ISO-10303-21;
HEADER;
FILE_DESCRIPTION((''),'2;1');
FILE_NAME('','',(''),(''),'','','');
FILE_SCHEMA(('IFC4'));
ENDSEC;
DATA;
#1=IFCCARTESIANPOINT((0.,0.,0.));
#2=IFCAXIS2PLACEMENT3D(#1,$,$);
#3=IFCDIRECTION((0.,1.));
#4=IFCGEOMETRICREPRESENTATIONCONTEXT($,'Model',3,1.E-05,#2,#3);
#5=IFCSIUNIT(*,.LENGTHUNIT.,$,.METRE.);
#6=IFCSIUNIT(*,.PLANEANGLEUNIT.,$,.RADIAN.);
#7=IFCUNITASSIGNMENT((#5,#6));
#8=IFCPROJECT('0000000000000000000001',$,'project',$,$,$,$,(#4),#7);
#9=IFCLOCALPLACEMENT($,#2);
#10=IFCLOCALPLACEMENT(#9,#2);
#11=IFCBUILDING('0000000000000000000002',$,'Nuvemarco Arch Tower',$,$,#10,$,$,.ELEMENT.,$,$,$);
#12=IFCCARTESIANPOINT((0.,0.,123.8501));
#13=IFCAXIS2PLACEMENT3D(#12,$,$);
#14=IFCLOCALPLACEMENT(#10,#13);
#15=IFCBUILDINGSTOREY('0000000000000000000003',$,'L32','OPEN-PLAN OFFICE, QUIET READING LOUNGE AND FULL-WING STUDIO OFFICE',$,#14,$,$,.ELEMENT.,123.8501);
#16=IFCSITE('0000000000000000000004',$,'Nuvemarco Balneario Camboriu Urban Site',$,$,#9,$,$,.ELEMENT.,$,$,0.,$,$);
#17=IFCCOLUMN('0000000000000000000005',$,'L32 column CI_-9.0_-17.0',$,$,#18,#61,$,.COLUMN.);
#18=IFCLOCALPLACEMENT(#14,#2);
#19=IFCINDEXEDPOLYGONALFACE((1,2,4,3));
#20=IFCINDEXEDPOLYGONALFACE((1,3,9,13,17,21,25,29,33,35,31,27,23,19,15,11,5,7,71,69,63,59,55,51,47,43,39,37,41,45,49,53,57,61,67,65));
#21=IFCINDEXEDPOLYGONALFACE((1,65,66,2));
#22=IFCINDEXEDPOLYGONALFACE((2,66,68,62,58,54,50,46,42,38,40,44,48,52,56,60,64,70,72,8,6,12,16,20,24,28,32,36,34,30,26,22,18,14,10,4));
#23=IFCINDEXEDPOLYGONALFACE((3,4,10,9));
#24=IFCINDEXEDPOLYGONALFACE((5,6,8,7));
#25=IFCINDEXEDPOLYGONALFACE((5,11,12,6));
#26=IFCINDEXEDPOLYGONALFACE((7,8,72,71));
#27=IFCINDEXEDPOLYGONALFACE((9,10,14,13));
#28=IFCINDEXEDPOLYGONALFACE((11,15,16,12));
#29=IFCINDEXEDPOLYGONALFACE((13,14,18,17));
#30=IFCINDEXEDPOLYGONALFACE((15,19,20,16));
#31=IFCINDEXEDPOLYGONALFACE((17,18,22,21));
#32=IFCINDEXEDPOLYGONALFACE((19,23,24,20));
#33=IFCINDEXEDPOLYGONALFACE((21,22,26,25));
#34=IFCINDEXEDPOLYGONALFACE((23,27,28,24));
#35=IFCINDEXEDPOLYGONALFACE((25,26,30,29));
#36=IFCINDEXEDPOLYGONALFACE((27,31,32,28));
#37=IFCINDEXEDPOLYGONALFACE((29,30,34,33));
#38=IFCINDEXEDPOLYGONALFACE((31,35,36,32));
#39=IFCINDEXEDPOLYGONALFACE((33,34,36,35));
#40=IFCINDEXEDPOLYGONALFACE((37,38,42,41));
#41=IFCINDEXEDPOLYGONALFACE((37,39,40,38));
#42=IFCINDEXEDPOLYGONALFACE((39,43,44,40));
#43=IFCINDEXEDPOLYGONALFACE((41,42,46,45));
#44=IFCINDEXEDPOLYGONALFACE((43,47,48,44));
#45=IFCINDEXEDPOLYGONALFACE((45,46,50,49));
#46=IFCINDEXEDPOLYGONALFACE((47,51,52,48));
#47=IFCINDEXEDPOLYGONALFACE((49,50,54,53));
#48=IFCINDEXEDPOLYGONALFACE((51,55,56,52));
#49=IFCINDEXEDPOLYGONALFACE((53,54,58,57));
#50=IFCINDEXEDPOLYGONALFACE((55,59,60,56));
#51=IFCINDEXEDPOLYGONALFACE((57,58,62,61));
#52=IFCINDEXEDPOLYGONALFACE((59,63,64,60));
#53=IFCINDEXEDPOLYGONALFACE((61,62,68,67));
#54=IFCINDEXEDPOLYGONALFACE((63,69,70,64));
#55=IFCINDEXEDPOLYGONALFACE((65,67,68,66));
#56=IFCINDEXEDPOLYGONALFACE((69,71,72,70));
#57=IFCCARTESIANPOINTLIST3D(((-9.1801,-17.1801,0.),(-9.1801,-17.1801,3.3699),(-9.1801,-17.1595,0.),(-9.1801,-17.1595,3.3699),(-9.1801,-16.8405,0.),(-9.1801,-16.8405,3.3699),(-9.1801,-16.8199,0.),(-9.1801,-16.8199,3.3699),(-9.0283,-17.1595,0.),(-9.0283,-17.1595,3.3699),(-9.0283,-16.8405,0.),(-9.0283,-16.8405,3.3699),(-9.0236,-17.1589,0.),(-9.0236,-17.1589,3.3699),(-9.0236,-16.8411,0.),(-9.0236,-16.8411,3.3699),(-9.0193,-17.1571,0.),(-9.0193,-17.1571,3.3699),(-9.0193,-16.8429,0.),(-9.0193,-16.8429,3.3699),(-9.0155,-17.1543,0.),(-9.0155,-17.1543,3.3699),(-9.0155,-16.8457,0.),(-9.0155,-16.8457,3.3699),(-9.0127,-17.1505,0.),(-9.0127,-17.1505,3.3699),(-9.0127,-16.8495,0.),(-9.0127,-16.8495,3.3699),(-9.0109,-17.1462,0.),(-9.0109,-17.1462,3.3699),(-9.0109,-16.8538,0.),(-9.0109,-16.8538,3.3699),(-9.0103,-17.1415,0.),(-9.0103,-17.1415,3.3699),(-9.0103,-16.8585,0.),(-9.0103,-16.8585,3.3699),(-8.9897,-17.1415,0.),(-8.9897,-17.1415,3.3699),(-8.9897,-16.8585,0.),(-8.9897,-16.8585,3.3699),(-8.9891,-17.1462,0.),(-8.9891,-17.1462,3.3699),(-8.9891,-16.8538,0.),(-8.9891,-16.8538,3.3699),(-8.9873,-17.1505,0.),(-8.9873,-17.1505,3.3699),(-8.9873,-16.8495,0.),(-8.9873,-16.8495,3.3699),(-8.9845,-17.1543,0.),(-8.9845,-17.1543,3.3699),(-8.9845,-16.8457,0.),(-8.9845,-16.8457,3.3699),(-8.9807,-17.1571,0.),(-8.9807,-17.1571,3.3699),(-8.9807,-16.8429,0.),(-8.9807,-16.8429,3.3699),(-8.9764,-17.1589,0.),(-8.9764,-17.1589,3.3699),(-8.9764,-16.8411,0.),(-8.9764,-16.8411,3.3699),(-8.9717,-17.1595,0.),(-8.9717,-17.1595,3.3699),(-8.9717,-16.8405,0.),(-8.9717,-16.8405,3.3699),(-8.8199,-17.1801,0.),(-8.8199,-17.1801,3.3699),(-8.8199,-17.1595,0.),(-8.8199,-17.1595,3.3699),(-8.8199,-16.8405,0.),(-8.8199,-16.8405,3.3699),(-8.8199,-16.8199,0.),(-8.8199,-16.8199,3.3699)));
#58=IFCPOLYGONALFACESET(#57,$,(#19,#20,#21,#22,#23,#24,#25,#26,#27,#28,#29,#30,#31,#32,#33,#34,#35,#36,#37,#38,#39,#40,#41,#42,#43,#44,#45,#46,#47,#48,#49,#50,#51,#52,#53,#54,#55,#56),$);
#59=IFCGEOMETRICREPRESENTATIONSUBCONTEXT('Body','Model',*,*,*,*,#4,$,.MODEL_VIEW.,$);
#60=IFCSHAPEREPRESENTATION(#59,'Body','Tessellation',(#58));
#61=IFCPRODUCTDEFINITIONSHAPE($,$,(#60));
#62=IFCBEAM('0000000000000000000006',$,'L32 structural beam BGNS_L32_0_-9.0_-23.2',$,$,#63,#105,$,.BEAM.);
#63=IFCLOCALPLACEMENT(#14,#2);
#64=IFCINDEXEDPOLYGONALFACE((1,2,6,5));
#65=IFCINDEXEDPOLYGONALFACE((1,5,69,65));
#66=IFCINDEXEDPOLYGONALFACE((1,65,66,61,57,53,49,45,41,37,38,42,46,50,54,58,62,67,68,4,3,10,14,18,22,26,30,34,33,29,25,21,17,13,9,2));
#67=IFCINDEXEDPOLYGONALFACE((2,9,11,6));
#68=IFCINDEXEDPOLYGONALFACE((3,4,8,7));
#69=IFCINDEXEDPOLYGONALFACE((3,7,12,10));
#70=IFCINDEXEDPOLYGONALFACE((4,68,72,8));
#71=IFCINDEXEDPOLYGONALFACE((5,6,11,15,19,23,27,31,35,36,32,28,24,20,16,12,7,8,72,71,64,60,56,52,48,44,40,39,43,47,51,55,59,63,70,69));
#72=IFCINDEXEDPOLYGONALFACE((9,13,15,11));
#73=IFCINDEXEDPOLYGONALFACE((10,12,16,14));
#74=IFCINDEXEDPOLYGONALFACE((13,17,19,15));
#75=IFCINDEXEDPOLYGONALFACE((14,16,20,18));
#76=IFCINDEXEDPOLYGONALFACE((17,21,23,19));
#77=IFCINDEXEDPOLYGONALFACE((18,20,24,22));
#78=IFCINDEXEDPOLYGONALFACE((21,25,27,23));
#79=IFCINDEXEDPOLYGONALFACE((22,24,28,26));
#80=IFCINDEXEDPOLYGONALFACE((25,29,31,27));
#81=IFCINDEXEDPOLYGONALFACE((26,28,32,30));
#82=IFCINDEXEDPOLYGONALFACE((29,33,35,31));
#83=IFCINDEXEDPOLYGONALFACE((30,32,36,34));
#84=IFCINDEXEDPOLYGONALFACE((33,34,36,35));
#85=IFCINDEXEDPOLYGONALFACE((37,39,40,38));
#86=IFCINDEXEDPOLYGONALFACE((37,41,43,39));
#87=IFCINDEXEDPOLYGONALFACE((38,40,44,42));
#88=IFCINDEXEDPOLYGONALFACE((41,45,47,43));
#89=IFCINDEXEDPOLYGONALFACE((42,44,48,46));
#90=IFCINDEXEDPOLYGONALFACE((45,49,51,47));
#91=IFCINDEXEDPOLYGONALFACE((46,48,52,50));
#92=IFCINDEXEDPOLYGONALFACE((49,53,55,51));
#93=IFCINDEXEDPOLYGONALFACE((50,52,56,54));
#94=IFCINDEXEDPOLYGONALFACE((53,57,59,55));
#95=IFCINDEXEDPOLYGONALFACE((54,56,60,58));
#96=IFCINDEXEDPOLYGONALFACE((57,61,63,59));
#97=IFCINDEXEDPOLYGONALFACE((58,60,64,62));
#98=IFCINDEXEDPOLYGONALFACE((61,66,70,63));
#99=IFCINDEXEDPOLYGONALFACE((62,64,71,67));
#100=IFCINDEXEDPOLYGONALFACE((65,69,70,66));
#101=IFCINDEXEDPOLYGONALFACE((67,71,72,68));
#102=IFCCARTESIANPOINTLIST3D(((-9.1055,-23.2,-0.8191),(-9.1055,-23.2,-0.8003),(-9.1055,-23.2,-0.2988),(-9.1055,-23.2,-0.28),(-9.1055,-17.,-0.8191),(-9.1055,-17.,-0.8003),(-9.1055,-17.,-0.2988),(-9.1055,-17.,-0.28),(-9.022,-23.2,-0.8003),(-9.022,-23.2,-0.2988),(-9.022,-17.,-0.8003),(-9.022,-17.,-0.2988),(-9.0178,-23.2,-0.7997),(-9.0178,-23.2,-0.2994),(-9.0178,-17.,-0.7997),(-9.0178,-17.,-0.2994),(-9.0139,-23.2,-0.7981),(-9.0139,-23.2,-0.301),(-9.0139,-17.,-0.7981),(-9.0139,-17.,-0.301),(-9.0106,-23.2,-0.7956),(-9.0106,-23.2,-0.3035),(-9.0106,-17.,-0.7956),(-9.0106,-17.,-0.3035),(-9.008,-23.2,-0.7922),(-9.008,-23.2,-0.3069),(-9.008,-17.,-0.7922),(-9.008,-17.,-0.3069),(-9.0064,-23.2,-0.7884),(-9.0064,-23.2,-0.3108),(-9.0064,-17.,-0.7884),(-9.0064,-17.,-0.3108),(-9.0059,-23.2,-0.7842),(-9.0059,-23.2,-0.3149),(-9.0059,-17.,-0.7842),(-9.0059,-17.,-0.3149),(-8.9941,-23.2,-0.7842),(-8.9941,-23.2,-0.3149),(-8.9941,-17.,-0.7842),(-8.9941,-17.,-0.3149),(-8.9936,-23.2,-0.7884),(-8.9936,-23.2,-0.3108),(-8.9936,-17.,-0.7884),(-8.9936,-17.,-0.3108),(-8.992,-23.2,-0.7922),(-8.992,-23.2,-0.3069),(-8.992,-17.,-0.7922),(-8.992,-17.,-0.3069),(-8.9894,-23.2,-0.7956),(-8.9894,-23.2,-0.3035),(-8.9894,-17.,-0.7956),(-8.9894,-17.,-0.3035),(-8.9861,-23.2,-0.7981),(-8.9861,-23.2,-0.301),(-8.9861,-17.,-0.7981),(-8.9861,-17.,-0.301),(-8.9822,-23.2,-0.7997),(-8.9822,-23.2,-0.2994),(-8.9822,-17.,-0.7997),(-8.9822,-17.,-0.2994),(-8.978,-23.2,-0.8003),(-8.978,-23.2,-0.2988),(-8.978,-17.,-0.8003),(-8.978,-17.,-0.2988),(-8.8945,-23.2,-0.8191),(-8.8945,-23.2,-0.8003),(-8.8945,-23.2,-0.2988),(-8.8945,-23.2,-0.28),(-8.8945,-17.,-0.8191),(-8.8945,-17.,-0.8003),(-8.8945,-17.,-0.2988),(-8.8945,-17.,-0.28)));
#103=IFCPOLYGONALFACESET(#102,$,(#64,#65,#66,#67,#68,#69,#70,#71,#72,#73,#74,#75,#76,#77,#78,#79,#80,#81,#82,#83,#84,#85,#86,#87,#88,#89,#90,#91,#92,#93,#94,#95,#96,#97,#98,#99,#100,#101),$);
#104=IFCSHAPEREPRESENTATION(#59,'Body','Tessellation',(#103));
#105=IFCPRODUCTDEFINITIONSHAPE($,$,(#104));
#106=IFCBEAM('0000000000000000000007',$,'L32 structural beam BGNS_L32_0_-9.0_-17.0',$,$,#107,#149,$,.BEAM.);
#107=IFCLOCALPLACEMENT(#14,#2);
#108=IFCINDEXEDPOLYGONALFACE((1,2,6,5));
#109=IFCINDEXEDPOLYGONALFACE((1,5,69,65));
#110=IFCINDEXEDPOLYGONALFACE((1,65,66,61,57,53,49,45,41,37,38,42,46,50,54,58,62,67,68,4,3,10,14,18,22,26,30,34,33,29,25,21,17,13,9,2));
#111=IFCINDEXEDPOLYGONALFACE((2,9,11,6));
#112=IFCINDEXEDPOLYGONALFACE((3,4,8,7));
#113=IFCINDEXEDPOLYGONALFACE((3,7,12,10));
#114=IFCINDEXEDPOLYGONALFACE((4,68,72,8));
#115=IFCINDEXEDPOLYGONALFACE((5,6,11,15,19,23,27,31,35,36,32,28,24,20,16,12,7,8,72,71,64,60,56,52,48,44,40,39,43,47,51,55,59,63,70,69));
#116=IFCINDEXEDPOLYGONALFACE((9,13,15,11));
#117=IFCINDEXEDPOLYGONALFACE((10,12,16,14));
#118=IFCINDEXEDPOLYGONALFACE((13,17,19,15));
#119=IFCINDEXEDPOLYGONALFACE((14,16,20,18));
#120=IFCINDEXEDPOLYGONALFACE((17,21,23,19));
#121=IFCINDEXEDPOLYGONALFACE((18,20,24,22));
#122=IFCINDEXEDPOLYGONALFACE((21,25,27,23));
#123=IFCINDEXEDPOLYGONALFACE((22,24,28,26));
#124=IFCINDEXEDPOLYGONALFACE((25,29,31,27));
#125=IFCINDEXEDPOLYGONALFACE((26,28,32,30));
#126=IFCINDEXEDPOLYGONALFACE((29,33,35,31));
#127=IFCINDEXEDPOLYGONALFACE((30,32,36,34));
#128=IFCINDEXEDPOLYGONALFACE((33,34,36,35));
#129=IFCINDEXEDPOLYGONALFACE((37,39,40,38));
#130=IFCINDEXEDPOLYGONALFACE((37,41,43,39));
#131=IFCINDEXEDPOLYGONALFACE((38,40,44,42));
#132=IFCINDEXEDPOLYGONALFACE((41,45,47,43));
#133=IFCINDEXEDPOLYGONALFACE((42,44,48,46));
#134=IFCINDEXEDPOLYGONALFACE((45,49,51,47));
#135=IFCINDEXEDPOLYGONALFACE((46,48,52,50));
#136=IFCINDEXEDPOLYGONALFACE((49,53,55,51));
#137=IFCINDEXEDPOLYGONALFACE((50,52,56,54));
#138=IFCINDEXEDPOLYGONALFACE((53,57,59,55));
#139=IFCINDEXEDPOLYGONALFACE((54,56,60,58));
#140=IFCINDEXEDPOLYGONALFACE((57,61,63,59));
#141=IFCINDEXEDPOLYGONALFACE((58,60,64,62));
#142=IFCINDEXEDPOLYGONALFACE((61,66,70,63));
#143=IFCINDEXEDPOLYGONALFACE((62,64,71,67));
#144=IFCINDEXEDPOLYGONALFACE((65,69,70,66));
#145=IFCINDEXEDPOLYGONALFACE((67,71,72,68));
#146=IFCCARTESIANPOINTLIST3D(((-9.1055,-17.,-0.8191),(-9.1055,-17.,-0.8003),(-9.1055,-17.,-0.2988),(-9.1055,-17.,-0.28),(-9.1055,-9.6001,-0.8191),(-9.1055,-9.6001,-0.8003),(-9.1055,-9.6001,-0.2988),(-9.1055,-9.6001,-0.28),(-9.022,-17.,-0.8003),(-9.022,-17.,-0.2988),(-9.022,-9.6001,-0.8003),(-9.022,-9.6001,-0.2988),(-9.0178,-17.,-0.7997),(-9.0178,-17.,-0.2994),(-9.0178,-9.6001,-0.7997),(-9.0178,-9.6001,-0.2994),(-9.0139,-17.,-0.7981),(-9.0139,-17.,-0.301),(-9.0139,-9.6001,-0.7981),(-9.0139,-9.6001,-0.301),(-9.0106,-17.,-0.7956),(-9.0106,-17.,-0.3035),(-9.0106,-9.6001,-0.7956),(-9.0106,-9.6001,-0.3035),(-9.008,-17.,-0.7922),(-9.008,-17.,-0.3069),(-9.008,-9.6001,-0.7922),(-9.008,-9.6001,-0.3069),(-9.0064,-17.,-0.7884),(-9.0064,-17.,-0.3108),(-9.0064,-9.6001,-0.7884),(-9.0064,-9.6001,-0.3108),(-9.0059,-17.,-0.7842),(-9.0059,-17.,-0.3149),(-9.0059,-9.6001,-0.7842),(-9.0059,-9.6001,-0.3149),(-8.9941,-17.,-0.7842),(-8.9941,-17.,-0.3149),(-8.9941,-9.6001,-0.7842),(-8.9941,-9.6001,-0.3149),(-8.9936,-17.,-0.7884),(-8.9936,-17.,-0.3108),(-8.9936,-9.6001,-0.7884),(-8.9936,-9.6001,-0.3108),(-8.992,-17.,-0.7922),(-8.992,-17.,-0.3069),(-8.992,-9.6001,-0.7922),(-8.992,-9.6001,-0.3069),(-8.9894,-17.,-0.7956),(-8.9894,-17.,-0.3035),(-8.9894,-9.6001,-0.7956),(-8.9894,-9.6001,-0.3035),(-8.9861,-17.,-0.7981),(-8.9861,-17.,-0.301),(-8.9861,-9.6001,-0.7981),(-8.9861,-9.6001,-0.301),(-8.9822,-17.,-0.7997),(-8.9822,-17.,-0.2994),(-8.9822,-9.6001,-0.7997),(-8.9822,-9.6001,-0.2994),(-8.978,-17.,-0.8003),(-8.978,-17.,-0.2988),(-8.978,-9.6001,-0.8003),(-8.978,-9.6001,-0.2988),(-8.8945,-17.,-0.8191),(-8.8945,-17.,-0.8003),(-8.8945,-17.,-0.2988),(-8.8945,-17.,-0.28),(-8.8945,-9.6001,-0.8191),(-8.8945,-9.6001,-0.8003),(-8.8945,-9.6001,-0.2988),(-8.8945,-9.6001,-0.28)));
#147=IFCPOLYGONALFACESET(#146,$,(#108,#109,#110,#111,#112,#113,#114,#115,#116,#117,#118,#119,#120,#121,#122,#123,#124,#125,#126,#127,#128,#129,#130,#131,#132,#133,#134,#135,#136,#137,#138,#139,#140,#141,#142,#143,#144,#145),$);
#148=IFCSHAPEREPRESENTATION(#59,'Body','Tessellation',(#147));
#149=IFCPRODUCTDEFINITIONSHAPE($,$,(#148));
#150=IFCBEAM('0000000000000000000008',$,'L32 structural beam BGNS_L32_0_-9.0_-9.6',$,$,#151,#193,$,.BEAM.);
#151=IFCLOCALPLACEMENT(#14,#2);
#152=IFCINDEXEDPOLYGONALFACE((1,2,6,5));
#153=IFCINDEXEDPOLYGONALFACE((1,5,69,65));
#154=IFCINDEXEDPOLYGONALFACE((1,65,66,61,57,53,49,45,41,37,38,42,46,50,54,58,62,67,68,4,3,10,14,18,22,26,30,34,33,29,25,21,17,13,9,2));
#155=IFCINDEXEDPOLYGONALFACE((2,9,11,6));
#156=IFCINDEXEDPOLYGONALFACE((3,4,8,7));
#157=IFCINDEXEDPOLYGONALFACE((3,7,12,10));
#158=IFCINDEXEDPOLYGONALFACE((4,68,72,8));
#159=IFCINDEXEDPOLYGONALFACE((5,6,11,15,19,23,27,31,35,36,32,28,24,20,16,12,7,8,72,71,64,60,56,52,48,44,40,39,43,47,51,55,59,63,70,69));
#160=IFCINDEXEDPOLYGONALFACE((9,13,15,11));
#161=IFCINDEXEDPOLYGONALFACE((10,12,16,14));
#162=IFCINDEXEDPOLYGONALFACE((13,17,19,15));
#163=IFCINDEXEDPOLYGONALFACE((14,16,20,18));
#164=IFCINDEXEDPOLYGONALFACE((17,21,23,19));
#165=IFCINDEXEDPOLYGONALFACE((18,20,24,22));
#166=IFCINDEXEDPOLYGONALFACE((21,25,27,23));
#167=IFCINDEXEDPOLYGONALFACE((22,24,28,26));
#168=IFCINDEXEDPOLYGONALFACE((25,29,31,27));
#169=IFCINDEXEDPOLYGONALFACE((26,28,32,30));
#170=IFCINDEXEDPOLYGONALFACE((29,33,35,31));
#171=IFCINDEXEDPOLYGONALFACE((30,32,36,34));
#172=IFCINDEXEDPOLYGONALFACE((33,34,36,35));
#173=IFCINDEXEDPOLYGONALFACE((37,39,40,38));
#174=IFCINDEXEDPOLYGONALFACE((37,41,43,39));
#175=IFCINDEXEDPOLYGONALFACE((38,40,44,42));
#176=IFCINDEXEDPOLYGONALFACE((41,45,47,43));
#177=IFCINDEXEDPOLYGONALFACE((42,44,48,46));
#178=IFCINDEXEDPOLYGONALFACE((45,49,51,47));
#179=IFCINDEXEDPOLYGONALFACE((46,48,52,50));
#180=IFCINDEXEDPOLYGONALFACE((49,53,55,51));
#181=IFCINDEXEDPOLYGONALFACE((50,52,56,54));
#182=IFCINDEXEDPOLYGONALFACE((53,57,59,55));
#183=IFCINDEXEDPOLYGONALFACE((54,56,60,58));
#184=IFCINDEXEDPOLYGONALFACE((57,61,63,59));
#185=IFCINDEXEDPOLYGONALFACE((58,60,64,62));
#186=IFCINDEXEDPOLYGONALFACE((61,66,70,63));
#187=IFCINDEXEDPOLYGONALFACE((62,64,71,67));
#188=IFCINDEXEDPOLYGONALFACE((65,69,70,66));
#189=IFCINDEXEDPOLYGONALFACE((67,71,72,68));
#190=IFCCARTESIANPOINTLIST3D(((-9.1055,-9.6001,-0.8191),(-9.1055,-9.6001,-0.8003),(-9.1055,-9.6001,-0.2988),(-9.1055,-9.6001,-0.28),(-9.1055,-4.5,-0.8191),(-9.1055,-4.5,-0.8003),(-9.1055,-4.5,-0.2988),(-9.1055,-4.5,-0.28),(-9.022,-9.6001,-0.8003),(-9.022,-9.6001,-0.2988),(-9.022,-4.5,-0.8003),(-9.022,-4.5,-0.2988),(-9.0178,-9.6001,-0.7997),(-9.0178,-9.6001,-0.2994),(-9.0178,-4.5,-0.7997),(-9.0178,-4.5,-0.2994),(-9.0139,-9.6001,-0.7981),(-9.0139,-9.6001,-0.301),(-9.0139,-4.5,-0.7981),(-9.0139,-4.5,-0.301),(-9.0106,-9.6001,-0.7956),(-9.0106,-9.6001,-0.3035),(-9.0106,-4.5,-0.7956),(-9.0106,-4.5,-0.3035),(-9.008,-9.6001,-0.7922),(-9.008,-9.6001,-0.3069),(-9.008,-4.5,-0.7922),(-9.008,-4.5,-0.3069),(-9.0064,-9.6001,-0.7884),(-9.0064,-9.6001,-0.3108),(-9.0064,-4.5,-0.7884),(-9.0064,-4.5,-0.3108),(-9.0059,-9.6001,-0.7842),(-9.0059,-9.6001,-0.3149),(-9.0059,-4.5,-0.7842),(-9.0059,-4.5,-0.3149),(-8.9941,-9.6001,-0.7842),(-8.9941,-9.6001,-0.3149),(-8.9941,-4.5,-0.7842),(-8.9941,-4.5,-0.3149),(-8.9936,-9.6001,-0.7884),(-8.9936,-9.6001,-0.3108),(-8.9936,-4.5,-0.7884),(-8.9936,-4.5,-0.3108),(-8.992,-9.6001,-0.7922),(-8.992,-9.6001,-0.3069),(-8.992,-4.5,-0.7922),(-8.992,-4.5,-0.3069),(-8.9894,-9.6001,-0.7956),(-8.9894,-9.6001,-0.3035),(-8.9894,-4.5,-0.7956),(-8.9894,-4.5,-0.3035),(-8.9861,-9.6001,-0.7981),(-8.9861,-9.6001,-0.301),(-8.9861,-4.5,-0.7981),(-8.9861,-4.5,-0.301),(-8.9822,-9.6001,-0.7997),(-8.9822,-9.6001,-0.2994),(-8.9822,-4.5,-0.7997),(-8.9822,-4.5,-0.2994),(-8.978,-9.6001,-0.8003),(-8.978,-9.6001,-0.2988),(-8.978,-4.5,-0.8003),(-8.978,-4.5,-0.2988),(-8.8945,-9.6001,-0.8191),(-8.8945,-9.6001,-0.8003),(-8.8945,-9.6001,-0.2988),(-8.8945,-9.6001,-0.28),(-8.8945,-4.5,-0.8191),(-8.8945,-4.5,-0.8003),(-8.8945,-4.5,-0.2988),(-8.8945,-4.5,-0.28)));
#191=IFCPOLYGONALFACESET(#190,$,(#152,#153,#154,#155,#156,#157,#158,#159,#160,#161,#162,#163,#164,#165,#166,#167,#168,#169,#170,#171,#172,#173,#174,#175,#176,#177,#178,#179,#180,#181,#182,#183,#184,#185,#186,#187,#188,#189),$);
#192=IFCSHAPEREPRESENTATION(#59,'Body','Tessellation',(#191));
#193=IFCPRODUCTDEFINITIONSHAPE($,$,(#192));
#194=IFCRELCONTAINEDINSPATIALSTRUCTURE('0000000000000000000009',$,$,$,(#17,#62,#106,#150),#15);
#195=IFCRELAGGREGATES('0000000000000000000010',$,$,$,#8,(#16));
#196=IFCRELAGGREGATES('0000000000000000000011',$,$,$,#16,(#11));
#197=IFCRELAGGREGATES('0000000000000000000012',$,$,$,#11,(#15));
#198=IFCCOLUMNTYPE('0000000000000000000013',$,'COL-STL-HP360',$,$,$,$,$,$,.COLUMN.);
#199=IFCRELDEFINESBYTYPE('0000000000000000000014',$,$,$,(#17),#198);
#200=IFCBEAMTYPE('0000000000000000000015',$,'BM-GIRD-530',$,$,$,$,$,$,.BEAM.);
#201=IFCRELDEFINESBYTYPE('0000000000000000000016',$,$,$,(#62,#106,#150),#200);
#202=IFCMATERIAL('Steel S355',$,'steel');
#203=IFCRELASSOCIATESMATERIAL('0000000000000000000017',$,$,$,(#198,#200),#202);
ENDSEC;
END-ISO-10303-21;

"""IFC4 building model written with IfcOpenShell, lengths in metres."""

from ifc_helpers import new_model, si_unit, direction, frame, origin, origin_2d, place, context, subcontext, project, spatial, i_section, extrude, material, material_profile, profile_set, type_object, element, save


model = new_model("IFC4")

# Units and contexts
model_context = context("Model", 3, precision=1e-05, world=origin(), true_north=direction((0.0, 1.0)))
body_context = subcontext(model_context, "Body", "Model", "MODEL_VIEW")
ifc_project = project(units=[si_unit("LENGTHUNIT", "METRE"), si_unit("PLANEANGLEUNIT", "RADIAN")], contexts=[model_context])

# Site, building, storey
site_placement = place(None, origin())
site = spatial("IfcSite", under=ifc_project, at=site_placement, Name="Nuvemarco Balneario Camboriu Urban Site", CompositionType="ELEMENT", RefElevation=0.0)
building_placement = place(site_placement, origin())
building = spatial("IfcBuilding", under=site, at=building_placement, Name="Nuvemarco Arch Tower", CompositionType="ELEMENT")
storey_placement = place(building_placement, frame((0.0, 0.0, 123.8501)))
storey = spatial("IfcBuildingStorey", under=building, at=storey_placement, Name="L32", Description="OPEN-PLAN OFFICE, QUIET READING LOUNGE AND FULL-WING STUDIO OFFICE", CompositionType="ELEMENT", Elevation=123.8501)

# Column
ifc_material_1 = material(Name="Steel S355", Category="steel")
ifc_material_profile_1 = material_profile(ifc_material_1, i_section(OverallWidth=0.3601, OverallDepth=0.3601, WebThickness=0.0205, FlangeThickness=0.0205, FilletRadius=0.0181, at=origin_2d()), Name="HP360x174")
ifc_profile_set_1 = profile_set([ifc_material_profile_1], Name="Steel S355")
column_type_1 = type_object("IfcColumnType", Name="COL-STL-HP360", PredefinedType="COLUMN", material=ifc_profile_set_1)
column_1_placement = place(storey_placement, frame((-9.0, -17.0, 0.0), z_axis=(0.0, 0.0, 1.0), x_axis=(1.0, 0.0, 0.0)))
element("IfcColumn", 1, at=column_1_placement, inside=storey, type_object=column_type_1, Name="L32 column CI_-9.0_-17.0", PredefinedType="COLUMN", context=body_context, shape_type="SweptSolid", body=[
    extrude(i_section(OverallWidth=0.3601, OverallDepth=0.3601, WebThickness=0.0205, FlangeThickness=0.0205, FilletRadius=0.0181, at=origin_2d()), origin(), (0.0, 0.0, 1.0), 3.3699),
])

# Beams
ifc_material_profile_2 = material_profile(ifc_material_1, i_section(OverallWidth=0.2109, OverallDepth=0.5391, WebThickness=0.0117, FlangeThickness=0.0188, FilletRadius=0.0161, at=origin_2d()), Name="W530x109")
ifc_profile_set_2 = profile_set([ifc_material_profile_2], Name="Steel S355")
beam_type_1 = type_object("IfcBeamType", Name="BM-GIRD-530", PredefinedType="BEAM", material=ifc_profile_set_2)
beam_1_placement = place(storey_placement, frame((-9.0, -23.2, -0.5496), z_axis=(0.0, 1.0, 0.0), x_axis=(-1.0, 0.0, 0.0)))
element("IfcBeam", 2, at=beam_1_placement, inside=storey, type_object=beam_type_1, Name="L32 structural beam BGNS_L32_0_-9.0_-23.2", PredefinedType="BEAM", context=body_context, shape_type="SweptSolid", body=[
    extrude(i_section(OverallWidth=0.2109, OverallDepth=0.5391, WebThickness=0.0117, FlangeThickness=0.0188, FilletRadius=0.0161, at=origin_2d()), origin(), (0.0, 0.0, 1.0), 6.2),
])
beam_2_placement = place(storey_placement, frame((-9.0, -17.0, -0.5496), z_axis=(0.0, 1.0, 0.0), x_axis=(-1.0, 0.0, 0.0)))
element("IfcBeam", 3, at=beam_2_placement, inside=storey, type_object=beam_type_1, Name="L32 structural beam BGNS_L32_0_-9.0_-17.0", PredefinedType="BEAM", context=body_context, shape_type="SweptSolid", body=[
    extrude(i_section(OverallWidth=0.2109, OverallDepth=0.5391, WebThickness=0.0117, FlangeThickness=0.0188, FilletRadius=0.0161, at=origin_2d()), origin(), (0.0, 0.0, 1.0), 7.3999),
])
beam_3_placement = place(storey_placement, frame((-9.0, -9.6001, -0.5496), z_axis=(0.0, 1.0, 0.0), x_axis=(-1.0, 0.0, 0.0)))
element("IfcBeam", 4, at=beam_3_placement, inside=storey, type_object=beam_type_1, Name="L32 structural beam BGNS_L32_0_-9.0_-9.6", PredefinedType="BEAM", context=body_context, shape_type="SweptSolid", body=[
    extrude(i_section(OverallWidth=0.2109, OverallDepth=0.5391, WebThickness=0.0117, FlangeThickness=0.0188, FilletRadius=0.0161, at=origin_2d()), origin(), (0.0, 0.0, 1.0), 5.1001),
])

save(model, "model.ifc")
